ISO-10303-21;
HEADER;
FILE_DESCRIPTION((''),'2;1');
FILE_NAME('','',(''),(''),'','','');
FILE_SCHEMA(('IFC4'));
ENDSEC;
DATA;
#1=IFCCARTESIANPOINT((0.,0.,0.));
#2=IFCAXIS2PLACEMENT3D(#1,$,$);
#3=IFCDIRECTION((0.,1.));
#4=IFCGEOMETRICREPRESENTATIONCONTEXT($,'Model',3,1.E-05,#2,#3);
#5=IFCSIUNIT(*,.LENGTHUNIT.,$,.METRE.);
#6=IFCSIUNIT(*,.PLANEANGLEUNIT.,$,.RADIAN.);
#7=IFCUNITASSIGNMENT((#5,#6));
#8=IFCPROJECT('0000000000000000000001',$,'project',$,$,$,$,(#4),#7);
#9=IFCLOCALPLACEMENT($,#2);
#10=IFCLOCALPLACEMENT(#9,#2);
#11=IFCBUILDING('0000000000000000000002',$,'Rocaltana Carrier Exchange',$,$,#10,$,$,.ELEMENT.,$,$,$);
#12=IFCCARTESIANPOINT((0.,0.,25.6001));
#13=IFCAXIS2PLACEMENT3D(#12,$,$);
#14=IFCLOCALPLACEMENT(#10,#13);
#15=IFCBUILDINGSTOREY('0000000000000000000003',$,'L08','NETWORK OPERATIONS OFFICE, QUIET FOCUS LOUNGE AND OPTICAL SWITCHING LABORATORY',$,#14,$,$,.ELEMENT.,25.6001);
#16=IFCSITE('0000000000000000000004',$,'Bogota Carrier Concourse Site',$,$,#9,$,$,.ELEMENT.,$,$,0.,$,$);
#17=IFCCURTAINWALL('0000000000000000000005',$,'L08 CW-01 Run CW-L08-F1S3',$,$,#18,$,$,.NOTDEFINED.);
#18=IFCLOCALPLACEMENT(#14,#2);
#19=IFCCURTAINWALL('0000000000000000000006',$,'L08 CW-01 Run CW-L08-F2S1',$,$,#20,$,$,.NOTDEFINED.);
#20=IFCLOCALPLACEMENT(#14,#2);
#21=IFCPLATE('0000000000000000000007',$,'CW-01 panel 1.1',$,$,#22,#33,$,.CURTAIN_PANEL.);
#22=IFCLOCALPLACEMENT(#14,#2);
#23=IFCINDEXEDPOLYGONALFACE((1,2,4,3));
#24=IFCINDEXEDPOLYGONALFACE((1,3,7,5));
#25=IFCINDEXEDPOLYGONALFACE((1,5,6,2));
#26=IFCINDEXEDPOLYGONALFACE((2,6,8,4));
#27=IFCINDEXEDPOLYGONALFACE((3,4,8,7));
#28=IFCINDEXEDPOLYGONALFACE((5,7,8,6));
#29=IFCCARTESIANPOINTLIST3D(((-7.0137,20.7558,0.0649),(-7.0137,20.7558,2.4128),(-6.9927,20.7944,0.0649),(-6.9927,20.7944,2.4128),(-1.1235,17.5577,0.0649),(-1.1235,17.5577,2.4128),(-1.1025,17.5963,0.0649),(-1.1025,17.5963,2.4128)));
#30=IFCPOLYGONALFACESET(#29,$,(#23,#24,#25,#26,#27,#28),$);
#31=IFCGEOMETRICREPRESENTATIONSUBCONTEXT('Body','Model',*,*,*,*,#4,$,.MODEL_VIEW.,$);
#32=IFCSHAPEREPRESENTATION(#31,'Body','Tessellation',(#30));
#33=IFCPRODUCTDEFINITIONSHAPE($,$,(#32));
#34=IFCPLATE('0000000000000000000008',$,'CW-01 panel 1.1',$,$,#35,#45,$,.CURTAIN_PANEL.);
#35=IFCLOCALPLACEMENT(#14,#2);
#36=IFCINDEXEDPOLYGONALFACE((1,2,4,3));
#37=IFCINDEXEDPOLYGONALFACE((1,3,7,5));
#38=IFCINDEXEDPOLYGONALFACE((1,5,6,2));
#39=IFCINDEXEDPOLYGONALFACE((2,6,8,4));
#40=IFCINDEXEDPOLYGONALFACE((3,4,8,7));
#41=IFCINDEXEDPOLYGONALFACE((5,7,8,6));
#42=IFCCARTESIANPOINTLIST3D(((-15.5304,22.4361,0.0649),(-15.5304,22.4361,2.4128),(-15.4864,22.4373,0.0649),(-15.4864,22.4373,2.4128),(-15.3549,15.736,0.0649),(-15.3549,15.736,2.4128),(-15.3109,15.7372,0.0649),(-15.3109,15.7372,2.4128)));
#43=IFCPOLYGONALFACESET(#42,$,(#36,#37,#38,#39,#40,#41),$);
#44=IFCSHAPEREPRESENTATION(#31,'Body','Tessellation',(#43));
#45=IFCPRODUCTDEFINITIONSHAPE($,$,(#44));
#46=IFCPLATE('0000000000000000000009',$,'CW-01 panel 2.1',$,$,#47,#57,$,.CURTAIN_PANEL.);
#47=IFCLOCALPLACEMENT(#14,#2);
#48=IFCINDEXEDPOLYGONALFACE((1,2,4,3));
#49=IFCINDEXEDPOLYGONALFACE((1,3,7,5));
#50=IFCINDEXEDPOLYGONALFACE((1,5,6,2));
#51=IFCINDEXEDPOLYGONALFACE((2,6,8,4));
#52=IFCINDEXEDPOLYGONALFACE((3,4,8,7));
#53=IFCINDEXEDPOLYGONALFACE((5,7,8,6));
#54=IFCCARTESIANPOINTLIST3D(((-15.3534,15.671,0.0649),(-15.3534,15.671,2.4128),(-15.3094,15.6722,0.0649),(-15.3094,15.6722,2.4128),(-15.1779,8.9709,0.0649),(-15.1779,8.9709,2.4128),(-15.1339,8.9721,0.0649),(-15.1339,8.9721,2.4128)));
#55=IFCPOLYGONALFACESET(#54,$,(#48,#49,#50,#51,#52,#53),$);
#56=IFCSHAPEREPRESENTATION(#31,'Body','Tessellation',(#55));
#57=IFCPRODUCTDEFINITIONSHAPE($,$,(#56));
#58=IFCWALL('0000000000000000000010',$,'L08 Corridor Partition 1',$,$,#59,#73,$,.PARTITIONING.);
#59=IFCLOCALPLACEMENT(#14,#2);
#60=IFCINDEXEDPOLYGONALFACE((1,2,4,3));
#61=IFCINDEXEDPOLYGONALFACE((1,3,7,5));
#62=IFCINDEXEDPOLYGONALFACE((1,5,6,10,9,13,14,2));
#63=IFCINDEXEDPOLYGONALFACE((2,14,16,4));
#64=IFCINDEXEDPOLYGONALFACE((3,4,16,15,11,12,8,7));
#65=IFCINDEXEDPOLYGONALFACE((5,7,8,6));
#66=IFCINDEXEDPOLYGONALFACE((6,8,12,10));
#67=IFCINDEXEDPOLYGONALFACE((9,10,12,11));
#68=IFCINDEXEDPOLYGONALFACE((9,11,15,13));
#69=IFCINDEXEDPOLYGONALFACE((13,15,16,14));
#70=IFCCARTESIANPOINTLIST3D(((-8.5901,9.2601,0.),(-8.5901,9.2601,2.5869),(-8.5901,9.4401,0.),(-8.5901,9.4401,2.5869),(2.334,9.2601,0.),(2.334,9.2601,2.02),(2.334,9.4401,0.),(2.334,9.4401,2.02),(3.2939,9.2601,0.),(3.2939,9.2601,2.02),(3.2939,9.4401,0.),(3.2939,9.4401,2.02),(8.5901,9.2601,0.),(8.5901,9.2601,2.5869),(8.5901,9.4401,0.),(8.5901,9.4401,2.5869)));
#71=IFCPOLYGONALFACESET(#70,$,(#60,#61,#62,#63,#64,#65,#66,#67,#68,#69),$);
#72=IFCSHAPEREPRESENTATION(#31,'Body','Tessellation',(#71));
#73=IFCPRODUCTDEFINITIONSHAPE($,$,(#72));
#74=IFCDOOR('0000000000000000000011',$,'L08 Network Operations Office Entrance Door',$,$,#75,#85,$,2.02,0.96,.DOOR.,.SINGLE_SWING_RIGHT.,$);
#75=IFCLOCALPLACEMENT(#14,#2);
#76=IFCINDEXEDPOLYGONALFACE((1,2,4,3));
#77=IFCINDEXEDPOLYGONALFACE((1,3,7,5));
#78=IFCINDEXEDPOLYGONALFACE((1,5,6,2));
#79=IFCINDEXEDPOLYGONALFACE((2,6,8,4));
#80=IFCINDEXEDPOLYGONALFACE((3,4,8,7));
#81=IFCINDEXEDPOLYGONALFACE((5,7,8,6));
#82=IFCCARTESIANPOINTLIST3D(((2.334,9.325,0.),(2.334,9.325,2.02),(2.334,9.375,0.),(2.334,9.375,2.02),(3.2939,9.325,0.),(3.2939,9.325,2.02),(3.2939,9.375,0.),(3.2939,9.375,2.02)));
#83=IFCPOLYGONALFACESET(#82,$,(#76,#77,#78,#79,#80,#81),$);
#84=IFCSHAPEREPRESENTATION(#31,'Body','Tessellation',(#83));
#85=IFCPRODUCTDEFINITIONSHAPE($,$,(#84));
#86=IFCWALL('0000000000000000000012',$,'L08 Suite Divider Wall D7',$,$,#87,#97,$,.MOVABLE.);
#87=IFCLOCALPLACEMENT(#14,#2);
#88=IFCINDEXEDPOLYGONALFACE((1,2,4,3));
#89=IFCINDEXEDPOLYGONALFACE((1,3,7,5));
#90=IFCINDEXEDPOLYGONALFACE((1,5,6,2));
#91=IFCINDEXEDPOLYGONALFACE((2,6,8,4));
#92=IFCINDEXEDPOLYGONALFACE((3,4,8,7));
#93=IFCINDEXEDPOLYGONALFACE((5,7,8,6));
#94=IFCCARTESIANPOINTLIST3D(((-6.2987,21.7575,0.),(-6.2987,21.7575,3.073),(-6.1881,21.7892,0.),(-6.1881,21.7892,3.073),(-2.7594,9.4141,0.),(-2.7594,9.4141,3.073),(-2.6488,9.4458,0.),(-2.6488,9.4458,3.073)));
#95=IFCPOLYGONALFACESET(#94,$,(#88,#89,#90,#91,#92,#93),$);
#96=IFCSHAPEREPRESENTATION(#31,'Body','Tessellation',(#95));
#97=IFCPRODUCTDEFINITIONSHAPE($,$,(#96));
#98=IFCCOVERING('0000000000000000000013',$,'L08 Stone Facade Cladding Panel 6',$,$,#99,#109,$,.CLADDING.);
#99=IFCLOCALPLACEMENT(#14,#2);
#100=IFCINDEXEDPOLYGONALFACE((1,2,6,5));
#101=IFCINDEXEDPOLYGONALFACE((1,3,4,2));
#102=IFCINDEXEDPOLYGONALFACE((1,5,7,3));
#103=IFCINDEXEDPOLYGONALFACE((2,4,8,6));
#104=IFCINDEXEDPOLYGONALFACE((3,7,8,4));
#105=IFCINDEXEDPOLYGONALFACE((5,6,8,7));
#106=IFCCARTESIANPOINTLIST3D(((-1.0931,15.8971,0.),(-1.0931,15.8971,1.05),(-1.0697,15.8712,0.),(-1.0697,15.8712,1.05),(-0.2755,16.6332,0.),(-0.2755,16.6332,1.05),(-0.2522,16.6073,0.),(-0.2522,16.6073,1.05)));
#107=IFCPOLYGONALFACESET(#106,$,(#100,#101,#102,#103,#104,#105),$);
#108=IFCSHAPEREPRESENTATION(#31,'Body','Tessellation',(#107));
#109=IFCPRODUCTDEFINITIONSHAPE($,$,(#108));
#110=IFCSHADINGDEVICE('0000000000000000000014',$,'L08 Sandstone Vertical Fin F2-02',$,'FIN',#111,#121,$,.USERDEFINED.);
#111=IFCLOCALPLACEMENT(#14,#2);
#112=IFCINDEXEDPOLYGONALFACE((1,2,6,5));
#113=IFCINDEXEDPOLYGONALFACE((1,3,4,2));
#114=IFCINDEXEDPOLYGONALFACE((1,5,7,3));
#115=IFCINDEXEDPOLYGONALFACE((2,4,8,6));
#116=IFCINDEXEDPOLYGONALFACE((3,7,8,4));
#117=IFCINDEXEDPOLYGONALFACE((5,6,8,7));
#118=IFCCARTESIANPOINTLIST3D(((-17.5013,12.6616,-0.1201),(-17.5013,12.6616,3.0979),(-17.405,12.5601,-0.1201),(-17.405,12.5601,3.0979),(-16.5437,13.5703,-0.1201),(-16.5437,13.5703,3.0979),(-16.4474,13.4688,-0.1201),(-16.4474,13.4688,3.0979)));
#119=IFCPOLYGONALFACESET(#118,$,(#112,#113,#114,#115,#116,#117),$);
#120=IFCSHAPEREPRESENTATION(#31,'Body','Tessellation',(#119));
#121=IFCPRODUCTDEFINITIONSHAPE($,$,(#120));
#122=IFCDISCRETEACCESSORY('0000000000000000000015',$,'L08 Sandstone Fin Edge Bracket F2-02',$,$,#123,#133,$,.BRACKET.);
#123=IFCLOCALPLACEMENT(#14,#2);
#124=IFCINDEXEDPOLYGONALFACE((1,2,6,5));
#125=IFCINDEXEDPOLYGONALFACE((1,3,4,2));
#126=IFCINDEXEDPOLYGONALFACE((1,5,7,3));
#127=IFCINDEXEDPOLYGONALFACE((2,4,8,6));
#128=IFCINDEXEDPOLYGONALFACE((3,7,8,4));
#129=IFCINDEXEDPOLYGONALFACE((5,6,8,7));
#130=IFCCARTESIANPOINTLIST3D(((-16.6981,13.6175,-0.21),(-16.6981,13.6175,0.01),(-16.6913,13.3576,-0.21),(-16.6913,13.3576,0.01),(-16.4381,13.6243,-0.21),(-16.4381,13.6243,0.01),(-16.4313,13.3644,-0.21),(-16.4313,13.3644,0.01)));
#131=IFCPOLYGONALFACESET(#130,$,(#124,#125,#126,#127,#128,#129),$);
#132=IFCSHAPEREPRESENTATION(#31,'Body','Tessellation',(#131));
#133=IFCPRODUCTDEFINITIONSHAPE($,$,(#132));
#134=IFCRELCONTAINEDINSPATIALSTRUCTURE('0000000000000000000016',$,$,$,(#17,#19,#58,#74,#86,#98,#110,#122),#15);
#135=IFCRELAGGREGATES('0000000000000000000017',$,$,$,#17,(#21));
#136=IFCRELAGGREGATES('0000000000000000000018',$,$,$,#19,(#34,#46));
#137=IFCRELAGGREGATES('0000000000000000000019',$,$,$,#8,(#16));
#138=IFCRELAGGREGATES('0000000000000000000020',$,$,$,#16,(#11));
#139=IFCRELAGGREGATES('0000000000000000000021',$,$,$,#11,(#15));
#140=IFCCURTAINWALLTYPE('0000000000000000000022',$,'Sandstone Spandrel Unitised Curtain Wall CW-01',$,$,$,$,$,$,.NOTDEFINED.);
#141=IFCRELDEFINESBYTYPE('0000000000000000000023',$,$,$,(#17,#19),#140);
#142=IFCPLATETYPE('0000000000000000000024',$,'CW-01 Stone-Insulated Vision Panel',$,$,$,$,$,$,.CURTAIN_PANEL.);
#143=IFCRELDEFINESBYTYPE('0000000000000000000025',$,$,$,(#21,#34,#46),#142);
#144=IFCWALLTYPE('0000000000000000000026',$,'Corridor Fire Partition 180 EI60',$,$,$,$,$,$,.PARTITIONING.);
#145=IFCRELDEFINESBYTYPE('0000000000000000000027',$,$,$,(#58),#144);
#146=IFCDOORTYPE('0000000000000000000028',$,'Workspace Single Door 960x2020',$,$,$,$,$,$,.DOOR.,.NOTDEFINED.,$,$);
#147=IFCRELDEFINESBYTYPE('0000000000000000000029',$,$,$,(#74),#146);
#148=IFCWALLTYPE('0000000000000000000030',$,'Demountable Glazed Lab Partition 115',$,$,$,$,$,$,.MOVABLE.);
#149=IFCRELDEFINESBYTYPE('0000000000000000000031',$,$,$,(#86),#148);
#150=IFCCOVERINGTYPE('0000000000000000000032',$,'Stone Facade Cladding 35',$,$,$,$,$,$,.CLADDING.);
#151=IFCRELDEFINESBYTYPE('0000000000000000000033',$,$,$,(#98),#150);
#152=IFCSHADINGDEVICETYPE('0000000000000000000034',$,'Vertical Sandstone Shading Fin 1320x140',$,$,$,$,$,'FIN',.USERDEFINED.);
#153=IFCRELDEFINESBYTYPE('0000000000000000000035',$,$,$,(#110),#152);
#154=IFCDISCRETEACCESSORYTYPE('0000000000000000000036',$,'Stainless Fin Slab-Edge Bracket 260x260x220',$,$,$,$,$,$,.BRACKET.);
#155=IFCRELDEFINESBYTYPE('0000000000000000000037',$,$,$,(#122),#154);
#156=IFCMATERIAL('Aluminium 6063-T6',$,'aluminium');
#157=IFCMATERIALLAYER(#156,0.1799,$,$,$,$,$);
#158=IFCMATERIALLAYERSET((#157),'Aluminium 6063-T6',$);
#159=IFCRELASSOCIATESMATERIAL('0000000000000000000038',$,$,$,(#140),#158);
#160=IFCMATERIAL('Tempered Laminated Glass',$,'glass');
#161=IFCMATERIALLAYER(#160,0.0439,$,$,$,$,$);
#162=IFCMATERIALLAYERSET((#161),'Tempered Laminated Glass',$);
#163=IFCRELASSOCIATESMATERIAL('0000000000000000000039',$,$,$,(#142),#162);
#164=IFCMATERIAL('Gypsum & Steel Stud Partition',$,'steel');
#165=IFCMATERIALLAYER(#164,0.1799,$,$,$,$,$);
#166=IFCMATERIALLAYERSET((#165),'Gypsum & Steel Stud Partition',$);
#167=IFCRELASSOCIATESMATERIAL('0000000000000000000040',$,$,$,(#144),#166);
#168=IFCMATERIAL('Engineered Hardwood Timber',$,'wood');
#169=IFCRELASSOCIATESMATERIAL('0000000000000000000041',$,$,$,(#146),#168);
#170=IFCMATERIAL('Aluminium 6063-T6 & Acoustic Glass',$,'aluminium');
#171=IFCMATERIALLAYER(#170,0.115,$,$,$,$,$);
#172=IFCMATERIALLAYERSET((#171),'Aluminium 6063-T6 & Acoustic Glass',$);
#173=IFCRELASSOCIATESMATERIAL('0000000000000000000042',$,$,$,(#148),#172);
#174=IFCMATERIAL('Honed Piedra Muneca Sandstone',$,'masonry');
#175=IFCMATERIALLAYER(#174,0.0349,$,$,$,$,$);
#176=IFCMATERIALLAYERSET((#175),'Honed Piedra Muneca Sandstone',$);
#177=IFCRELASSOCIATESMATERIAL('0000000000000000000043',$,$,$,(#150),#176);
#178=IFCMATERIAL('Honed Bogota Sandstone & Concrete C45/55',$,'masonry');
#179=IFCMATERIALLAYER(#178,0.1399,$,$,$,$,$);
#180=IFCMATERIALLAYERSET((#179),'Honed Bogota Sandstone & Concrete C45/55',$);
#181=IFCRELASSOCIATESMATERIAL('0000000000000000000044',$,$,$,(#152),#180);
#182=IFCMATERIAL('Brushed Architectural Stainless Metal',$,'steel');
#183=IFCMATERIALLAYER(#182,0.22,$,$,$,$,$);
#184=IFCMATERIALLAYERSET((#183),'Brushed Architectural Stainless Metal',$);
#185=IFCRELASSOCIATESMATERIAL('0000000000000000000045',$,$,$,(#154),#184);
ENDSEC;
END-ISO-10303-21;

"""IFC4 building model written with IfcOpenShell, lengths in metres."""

from ifc_helpers import new_model, si_unit, direction, frame, frame_2d, origin, origin_2d, place, context, subcontext, project, spatial, rectangle, extrude, material, layer, layer_set, type_object, element, fill, aggregate, save


model = new_model("IFC4")

# Units and contexts
model_context = context("Model", 3, precision=1e-05, world=origin(), true_north=direction((0.0, 1.0)))
body_context = subcontext(model_context, "Body", "Model", "MODEL_VIEW")
ifc_project = project(units=[si_unit("LENGTHUNIT", "METRE"), si_unit("PLANEANGLEUNIT", "RADIAN")], contexts=[model_context])

# Site, building, storey
site_placement = place(None, origin())
site = spatial("IfcSite", under=ifc_project, at=site_placement, Name="Bogota Carrier Concourse Site", CompositionType="ELEMENT", RefElevation=0.0)
building_placement = place(site_placement, origin())
building = spatial("IfcBuilding", under=site, at=building_placement, Name="Rocaltana Carrier Exchange", CompositionType="ELEMENT")
storey_placement = place(building_placement, frame((0.0, 0.0, 25.6001)))
storey = spatial("IfcBuildingStorey", under=building, at=storey_placement, Name="L08", Description="NETWORK OPERATIONS OFFICE, QUIET FOCUS LOUNGE AND OPTICAL SWITCHING LABORATORY", CompositionType="ELEMENT", Elevation=25.6001)

# Curtain wall
ifc_material_1 = material(Name="Aluminium 6063-T6", Category="aluminium")
ifc_layer_1 = layer(ifc_material_1, 0.1799)
ifc_layer_set_1 = layer_set([ifc_layer_1], Name="Aluminium 6063-T6")
curtain_wall_type = type_object("IfcCurtainWallType", Name="Sandstone Spandrel Unitised Curtain Wall CW-01", PredefinedType="NOTDEFINED", material=ifc_layer_set_1)
curtain_wall_1_placement = place(storey_placement, origin())
curtain_wall_1 = element("IfcCurtainWall", 1, at=curtain_wall_1_placement, inside=storey, type_object=curtain_wall_type, Name="L08 CW-01 Run CW-L08-F1S3", PredefinedType="NOTDEFINED")

# Curtain wall
curtain_wall_2_placement = place(storey_placement, origin())
curtain_wall_2 = element("IfcCurtainWall", 2, at=curtain_wall_2_placement, inside=storey, type_object=curtain_wall_type, Name="L08 CW-01 Run CW-L08-F2S1", PredefinedType="NOTDEFINED")

# Plates
ifc_material_2 = material(Name="Tempered Laminated Glass", Category="glass")
ifc_layer_2 = layer(ifc_material_2, 0.0439)
ifc_layer_set_2 = layer_set([ifc_layer_2], Name="Tempered Laminated Glass")
plate_type = type_object("IfcPlateType", Name="CW-01 Stone-Insulated Vision Panel", PredefinedType="CURTAIN_PANEL", material=ifc_layer_set_2)
plate_1_placement = place(storey_placement, frame((-4.0581, 19.176, 0.0649), z_axis=(0.0, 0.0, 1.0), x_axis=(-0.878819, 0.477156, 0.0)))
plate_1 = element("IfcPlate", 3, at=plate_1_placement, type_object=plate_type, Name="CW-01 panel 1.1", PredefinedType="CURTAIN_PANEL", context=body_context, shape_type="SweptSolid", body=[
    extrude(rectangle(XDim=6.7024, YDim=0.0439, at=origin_2d()), origin(), (0.0, 0.0, 1.0), 2.3479),
])
aggregate(curtain_wall_1, [plate_1])
plate_2_placement = place(storey_placement, frame((-15.4207, 19.0867, 0.0649), z_axis=(0.0, 0.0, 1.0), x_axis=(0.026184, -0.999657, 0.0)))
plate_2 = element("IfcPlate", 4, at=plate_2_placement, type_object=plate_type, Name="CW-01 panel 1.1", PredefinedType="CURTAIN_PANEL", context=body_context, shape_type="SweptSolid", body=[
    extrude(rectangle(XDim=6.7024, YDim=0.0439, at=origin_2d()), origin(), (0.0, 0.0, 1.0), 2.3479),
])
plate_3_placement = place(storey_placement, frame((-15.2437, 12.3215, 0.0649), z_axis=(0.0, 0.0, 1.0), x_axis=(0.026184, -0.999657, 0.0)))
plate_3 = element("IfcPlate", 5, at=plate_3_placement, type_object=plate_type, Name="CW-01 panel 2.1", PredefinedType="CURTAIN_PANEL", context=body_context, shape_type="SweptSolid", body=[
    extrude(rectangle(XDim=6.7024, YDim=0.0439, at=origin_2d()), origin(), (0.0, 0.0, 1.0), 2.3479),
])
aggregate(curtain_wall_2, [plate_2, plate_3])

# Wall, opening, door
ifc_material_3 = material(Name="Gypsum & Steel Stud Partition", Category="steel")
ifc_layer_3 = layer(ifc_material_3, 0.1799)
ifc_layer_set_3 = layer_set([ifc_layer_3], Name="Gypsum & Steel Stud Partition")
wall_type_1 = type_object("IfcWallType", Name="Corridor Fire Partition 180 EI60", PredefinedType="PARTITIONING", material=ifc_layer_set_3)
wall_1_placement = place(storey_placement, frame((-8.5901, 9.3501, 0.0), z_axis=(0.0, 0.0, 1.0), x_axis=(1.0, 0.0, 0.0)))
wall_1 = element("IfcWall", 6, at=wall_1_placement, inside=storey, type_object=wall_type_1, Name="L08 Corridor Partition 1", PredefinedType="PARTITIONING", context=body_context, shape_type="SweptSolid", body=[
    extrude(rectangle(XDim=17.1802, YDim=0.1799, at=frame_2d((8.5901, 0.0))), origin(), (0.0, 0.0, 1.0), 2.5869),
])
opening_placement = place(wall_1_placement, frame((10.9241, 0.0, 0.0)))
opening = element("IfcOpeningElement", 7, at=opening_placement, cuts=wall_1, PredefinedType="OPENING", context=body_context, shape_type="SweptSolid", body=[
    extrude(rectangle(XDim=0.96, YDim=2.02, at=frame_2d((0.48, 1.01))), frame((0.0, 0.0999, 0.0), z_axis=(0.0, -1.0, 0.0), x_axis=(1.0, 0.0, 0.0)), (0.0, 0.0, 1.0), 0.2),
])
ifc_material_4 = material(Name="Engineered Hardwood Timber", Category="wood")
door_type = type_object("IfcDoorType", Name="Workspace Single Door 960x2020", OperationType="NOTDEFINED", PredefinedType="DOOR", material=ifc_material_4)
door_placement = place(opening_placement, origin())
door = element("IfcDoor", 8, at=door_placement, inside=storey, type_object=door_type, Name="L08 Network Operations Office Entrance Door", OperationType="SINGLE_SWING_RIGHT", OverallHeight=2.02, OverallWidth=0.96, PredefinedType="DOOR", context=body_context, shape_type="SweptSolid", body=[
    extrude(rectangle(XDim=0.96, YDim=2.02, at=frame_2d((0.48, 1.01))), frame((0.0, 0.0249, 0.0), z_axis=(0.0, -1.0, 0.0), x_axis=(1.0, 0.0, 0.0)), (0.0, 0.0, 1.0), 0.05),
])
fill(opening, door)

# Wall
ifc_material_5 = material(Name="Aluminium 6063-T6 & Acoustic Glass", Category="aluminium")
ifc_layer_4 = layer(ifc_material_5, 0.115)
ifc_layer_set_4 = layer_set([ifc_layer_4], Name="Aluminium 6063-T6 & Acoustic Glass")
wall_type_2 = type_object("IfcWallType", Name="Demountable Glazed Lab Partition 115", PredefinedType="MOVABLE", material=ifc_layer_set_4)
wall_2_placement = place(storey_placement, frame((-2.7041, 9.4299, 0.0), z_axis=(0.0, 0.0, 1.0), x_axis=(-0.275628, 0.961265, 0.0)))
element("IfcWall", 9, at=wall_2_placement, inside=storey, type_object=wall_type_2, Name="L08 Suite Divider Wall D7", PredefinedType="MOVABLE", context=body_context, shape_type="SweptSolid", body=[
    extrude(rectangle(XDim=12.8408, YDim=0.115, at=frame_2d((6.4204, 0.0))), origin(), (0.0, 0.0, 1.0), 3.073),
])

# Covering
ifc_material_6 = material(Name="Honed Piedra Muneca Sandstone", Category="masonry")
ifc_layer_5 = layer(ifc_material_6, 0.0349)
ifc_layer_set_5 = layer_set([ifc_layer_5], Name="Honed Piedra Muneca Sandstone")
covering_type = type_object("IfcCoveringType", Name="Stone Facade Cladding 35", PredefinedType="CLADDING", material=ifc_layer_set_5)
covering_placement = place(storey_placement, frame((-0.6726, 16.2522, 0.0), z_axis=(0.0, 0.0, 1.0), x_axis=(0.743145, 0.669131, 0.0)))
element("IfcCovering", 10, at=covering_placement, inside=storey, type_object=covering_type, Name="L08 Stone Facade Cladding Panel 6", PredefinedType="CLADDING", context=body_context, shape_type="SweptSolid", body=[
    extrude(rectangle(XDim=1.1001, YDim=0.0349, at=origin_2d()), origin(), (0.0, 0.0, 1.0), 1.05),
])

# Shading device
ifc_material_7 = material(Name="Honed Bogota Sandstone & Concrete C45/55", Category="masonry")
ifc_layer_6 = layer(ifc_material_7, 0.1399)
ifc_layer_set_6 = layer_set([ifc_layer_6], Name="Honed Bogota Sandstone & Concrete C45/55")
shading_device_type = type_object("IfcShadingDeviceType", Name="Vertical Sandstone Shading Fin 1320x140", ElementType="FIN", PredefinedType="USERDEFINED", material=ifc_layer_set_6)
shading_device_placement = place(storey_placement, frame((-16.9744, 13.0652, -0.1201), z_axis=(0.0, 0.0, 1.0), x_axis=(-0.725374, -0.688355, 0.0)))
element("IfcShadingDevice", 11, at=shading_device_placement, inside=storey, type_object=shading_device_type, Name="L08 Sandstone Vertical Fin F2-02", ObjectType="FIN", PredefinedType="USERDEFINED", context=body_context, shape_type="SweptSolid", body=[
    extrude(rectangle(XDim=1.3201, YDim=0.1399, at=origin_2d()), origin(), (0.0, 0.0, 1.0), 3.218),
])

# Discrete accessory
ifc_material_8 = material(Name="Brushed Architectural Stainless Metal", Category="steel")
ifc_layer_7 = layer(ifc_material_8, 0.22)
ifc_layer_set_7 = layer_set([ifc_layer_7], Name="Brushed Architectural Stainless Metal")
discrete_accessory_type = type_object("IfcDiscreteAccessoryType", Name="Stainless Fin Slab-Edge Bracket 260x260x220", PredefinedType="BRACKET", material=ifc_layer_set_7)
discrete_accessory_placement = place(storey_placement, frame((-16.5647, 13.491, -0.21), z_axis=(0.0, 0.0, 1.0), x_axis=(0.026177, -0.999657, 0.0)))
element("IfcDiscreteAccessory", 12, at=discrete_accessory_placement, inside=storey, type_object=discrete_accessory_type, Name="L08 Sandstone Fin Edge Bracket F2-02", PredefinedType="BRACKET", context=body_context, shape_type="SweptSolid", body=[
    extrude(rectangle(XDim=0.26, YDim=0.26, at=origin_2d()), origin(), (0.0, 0.0, 1.0), 0.22),
])

save(model, "model.ifc")
